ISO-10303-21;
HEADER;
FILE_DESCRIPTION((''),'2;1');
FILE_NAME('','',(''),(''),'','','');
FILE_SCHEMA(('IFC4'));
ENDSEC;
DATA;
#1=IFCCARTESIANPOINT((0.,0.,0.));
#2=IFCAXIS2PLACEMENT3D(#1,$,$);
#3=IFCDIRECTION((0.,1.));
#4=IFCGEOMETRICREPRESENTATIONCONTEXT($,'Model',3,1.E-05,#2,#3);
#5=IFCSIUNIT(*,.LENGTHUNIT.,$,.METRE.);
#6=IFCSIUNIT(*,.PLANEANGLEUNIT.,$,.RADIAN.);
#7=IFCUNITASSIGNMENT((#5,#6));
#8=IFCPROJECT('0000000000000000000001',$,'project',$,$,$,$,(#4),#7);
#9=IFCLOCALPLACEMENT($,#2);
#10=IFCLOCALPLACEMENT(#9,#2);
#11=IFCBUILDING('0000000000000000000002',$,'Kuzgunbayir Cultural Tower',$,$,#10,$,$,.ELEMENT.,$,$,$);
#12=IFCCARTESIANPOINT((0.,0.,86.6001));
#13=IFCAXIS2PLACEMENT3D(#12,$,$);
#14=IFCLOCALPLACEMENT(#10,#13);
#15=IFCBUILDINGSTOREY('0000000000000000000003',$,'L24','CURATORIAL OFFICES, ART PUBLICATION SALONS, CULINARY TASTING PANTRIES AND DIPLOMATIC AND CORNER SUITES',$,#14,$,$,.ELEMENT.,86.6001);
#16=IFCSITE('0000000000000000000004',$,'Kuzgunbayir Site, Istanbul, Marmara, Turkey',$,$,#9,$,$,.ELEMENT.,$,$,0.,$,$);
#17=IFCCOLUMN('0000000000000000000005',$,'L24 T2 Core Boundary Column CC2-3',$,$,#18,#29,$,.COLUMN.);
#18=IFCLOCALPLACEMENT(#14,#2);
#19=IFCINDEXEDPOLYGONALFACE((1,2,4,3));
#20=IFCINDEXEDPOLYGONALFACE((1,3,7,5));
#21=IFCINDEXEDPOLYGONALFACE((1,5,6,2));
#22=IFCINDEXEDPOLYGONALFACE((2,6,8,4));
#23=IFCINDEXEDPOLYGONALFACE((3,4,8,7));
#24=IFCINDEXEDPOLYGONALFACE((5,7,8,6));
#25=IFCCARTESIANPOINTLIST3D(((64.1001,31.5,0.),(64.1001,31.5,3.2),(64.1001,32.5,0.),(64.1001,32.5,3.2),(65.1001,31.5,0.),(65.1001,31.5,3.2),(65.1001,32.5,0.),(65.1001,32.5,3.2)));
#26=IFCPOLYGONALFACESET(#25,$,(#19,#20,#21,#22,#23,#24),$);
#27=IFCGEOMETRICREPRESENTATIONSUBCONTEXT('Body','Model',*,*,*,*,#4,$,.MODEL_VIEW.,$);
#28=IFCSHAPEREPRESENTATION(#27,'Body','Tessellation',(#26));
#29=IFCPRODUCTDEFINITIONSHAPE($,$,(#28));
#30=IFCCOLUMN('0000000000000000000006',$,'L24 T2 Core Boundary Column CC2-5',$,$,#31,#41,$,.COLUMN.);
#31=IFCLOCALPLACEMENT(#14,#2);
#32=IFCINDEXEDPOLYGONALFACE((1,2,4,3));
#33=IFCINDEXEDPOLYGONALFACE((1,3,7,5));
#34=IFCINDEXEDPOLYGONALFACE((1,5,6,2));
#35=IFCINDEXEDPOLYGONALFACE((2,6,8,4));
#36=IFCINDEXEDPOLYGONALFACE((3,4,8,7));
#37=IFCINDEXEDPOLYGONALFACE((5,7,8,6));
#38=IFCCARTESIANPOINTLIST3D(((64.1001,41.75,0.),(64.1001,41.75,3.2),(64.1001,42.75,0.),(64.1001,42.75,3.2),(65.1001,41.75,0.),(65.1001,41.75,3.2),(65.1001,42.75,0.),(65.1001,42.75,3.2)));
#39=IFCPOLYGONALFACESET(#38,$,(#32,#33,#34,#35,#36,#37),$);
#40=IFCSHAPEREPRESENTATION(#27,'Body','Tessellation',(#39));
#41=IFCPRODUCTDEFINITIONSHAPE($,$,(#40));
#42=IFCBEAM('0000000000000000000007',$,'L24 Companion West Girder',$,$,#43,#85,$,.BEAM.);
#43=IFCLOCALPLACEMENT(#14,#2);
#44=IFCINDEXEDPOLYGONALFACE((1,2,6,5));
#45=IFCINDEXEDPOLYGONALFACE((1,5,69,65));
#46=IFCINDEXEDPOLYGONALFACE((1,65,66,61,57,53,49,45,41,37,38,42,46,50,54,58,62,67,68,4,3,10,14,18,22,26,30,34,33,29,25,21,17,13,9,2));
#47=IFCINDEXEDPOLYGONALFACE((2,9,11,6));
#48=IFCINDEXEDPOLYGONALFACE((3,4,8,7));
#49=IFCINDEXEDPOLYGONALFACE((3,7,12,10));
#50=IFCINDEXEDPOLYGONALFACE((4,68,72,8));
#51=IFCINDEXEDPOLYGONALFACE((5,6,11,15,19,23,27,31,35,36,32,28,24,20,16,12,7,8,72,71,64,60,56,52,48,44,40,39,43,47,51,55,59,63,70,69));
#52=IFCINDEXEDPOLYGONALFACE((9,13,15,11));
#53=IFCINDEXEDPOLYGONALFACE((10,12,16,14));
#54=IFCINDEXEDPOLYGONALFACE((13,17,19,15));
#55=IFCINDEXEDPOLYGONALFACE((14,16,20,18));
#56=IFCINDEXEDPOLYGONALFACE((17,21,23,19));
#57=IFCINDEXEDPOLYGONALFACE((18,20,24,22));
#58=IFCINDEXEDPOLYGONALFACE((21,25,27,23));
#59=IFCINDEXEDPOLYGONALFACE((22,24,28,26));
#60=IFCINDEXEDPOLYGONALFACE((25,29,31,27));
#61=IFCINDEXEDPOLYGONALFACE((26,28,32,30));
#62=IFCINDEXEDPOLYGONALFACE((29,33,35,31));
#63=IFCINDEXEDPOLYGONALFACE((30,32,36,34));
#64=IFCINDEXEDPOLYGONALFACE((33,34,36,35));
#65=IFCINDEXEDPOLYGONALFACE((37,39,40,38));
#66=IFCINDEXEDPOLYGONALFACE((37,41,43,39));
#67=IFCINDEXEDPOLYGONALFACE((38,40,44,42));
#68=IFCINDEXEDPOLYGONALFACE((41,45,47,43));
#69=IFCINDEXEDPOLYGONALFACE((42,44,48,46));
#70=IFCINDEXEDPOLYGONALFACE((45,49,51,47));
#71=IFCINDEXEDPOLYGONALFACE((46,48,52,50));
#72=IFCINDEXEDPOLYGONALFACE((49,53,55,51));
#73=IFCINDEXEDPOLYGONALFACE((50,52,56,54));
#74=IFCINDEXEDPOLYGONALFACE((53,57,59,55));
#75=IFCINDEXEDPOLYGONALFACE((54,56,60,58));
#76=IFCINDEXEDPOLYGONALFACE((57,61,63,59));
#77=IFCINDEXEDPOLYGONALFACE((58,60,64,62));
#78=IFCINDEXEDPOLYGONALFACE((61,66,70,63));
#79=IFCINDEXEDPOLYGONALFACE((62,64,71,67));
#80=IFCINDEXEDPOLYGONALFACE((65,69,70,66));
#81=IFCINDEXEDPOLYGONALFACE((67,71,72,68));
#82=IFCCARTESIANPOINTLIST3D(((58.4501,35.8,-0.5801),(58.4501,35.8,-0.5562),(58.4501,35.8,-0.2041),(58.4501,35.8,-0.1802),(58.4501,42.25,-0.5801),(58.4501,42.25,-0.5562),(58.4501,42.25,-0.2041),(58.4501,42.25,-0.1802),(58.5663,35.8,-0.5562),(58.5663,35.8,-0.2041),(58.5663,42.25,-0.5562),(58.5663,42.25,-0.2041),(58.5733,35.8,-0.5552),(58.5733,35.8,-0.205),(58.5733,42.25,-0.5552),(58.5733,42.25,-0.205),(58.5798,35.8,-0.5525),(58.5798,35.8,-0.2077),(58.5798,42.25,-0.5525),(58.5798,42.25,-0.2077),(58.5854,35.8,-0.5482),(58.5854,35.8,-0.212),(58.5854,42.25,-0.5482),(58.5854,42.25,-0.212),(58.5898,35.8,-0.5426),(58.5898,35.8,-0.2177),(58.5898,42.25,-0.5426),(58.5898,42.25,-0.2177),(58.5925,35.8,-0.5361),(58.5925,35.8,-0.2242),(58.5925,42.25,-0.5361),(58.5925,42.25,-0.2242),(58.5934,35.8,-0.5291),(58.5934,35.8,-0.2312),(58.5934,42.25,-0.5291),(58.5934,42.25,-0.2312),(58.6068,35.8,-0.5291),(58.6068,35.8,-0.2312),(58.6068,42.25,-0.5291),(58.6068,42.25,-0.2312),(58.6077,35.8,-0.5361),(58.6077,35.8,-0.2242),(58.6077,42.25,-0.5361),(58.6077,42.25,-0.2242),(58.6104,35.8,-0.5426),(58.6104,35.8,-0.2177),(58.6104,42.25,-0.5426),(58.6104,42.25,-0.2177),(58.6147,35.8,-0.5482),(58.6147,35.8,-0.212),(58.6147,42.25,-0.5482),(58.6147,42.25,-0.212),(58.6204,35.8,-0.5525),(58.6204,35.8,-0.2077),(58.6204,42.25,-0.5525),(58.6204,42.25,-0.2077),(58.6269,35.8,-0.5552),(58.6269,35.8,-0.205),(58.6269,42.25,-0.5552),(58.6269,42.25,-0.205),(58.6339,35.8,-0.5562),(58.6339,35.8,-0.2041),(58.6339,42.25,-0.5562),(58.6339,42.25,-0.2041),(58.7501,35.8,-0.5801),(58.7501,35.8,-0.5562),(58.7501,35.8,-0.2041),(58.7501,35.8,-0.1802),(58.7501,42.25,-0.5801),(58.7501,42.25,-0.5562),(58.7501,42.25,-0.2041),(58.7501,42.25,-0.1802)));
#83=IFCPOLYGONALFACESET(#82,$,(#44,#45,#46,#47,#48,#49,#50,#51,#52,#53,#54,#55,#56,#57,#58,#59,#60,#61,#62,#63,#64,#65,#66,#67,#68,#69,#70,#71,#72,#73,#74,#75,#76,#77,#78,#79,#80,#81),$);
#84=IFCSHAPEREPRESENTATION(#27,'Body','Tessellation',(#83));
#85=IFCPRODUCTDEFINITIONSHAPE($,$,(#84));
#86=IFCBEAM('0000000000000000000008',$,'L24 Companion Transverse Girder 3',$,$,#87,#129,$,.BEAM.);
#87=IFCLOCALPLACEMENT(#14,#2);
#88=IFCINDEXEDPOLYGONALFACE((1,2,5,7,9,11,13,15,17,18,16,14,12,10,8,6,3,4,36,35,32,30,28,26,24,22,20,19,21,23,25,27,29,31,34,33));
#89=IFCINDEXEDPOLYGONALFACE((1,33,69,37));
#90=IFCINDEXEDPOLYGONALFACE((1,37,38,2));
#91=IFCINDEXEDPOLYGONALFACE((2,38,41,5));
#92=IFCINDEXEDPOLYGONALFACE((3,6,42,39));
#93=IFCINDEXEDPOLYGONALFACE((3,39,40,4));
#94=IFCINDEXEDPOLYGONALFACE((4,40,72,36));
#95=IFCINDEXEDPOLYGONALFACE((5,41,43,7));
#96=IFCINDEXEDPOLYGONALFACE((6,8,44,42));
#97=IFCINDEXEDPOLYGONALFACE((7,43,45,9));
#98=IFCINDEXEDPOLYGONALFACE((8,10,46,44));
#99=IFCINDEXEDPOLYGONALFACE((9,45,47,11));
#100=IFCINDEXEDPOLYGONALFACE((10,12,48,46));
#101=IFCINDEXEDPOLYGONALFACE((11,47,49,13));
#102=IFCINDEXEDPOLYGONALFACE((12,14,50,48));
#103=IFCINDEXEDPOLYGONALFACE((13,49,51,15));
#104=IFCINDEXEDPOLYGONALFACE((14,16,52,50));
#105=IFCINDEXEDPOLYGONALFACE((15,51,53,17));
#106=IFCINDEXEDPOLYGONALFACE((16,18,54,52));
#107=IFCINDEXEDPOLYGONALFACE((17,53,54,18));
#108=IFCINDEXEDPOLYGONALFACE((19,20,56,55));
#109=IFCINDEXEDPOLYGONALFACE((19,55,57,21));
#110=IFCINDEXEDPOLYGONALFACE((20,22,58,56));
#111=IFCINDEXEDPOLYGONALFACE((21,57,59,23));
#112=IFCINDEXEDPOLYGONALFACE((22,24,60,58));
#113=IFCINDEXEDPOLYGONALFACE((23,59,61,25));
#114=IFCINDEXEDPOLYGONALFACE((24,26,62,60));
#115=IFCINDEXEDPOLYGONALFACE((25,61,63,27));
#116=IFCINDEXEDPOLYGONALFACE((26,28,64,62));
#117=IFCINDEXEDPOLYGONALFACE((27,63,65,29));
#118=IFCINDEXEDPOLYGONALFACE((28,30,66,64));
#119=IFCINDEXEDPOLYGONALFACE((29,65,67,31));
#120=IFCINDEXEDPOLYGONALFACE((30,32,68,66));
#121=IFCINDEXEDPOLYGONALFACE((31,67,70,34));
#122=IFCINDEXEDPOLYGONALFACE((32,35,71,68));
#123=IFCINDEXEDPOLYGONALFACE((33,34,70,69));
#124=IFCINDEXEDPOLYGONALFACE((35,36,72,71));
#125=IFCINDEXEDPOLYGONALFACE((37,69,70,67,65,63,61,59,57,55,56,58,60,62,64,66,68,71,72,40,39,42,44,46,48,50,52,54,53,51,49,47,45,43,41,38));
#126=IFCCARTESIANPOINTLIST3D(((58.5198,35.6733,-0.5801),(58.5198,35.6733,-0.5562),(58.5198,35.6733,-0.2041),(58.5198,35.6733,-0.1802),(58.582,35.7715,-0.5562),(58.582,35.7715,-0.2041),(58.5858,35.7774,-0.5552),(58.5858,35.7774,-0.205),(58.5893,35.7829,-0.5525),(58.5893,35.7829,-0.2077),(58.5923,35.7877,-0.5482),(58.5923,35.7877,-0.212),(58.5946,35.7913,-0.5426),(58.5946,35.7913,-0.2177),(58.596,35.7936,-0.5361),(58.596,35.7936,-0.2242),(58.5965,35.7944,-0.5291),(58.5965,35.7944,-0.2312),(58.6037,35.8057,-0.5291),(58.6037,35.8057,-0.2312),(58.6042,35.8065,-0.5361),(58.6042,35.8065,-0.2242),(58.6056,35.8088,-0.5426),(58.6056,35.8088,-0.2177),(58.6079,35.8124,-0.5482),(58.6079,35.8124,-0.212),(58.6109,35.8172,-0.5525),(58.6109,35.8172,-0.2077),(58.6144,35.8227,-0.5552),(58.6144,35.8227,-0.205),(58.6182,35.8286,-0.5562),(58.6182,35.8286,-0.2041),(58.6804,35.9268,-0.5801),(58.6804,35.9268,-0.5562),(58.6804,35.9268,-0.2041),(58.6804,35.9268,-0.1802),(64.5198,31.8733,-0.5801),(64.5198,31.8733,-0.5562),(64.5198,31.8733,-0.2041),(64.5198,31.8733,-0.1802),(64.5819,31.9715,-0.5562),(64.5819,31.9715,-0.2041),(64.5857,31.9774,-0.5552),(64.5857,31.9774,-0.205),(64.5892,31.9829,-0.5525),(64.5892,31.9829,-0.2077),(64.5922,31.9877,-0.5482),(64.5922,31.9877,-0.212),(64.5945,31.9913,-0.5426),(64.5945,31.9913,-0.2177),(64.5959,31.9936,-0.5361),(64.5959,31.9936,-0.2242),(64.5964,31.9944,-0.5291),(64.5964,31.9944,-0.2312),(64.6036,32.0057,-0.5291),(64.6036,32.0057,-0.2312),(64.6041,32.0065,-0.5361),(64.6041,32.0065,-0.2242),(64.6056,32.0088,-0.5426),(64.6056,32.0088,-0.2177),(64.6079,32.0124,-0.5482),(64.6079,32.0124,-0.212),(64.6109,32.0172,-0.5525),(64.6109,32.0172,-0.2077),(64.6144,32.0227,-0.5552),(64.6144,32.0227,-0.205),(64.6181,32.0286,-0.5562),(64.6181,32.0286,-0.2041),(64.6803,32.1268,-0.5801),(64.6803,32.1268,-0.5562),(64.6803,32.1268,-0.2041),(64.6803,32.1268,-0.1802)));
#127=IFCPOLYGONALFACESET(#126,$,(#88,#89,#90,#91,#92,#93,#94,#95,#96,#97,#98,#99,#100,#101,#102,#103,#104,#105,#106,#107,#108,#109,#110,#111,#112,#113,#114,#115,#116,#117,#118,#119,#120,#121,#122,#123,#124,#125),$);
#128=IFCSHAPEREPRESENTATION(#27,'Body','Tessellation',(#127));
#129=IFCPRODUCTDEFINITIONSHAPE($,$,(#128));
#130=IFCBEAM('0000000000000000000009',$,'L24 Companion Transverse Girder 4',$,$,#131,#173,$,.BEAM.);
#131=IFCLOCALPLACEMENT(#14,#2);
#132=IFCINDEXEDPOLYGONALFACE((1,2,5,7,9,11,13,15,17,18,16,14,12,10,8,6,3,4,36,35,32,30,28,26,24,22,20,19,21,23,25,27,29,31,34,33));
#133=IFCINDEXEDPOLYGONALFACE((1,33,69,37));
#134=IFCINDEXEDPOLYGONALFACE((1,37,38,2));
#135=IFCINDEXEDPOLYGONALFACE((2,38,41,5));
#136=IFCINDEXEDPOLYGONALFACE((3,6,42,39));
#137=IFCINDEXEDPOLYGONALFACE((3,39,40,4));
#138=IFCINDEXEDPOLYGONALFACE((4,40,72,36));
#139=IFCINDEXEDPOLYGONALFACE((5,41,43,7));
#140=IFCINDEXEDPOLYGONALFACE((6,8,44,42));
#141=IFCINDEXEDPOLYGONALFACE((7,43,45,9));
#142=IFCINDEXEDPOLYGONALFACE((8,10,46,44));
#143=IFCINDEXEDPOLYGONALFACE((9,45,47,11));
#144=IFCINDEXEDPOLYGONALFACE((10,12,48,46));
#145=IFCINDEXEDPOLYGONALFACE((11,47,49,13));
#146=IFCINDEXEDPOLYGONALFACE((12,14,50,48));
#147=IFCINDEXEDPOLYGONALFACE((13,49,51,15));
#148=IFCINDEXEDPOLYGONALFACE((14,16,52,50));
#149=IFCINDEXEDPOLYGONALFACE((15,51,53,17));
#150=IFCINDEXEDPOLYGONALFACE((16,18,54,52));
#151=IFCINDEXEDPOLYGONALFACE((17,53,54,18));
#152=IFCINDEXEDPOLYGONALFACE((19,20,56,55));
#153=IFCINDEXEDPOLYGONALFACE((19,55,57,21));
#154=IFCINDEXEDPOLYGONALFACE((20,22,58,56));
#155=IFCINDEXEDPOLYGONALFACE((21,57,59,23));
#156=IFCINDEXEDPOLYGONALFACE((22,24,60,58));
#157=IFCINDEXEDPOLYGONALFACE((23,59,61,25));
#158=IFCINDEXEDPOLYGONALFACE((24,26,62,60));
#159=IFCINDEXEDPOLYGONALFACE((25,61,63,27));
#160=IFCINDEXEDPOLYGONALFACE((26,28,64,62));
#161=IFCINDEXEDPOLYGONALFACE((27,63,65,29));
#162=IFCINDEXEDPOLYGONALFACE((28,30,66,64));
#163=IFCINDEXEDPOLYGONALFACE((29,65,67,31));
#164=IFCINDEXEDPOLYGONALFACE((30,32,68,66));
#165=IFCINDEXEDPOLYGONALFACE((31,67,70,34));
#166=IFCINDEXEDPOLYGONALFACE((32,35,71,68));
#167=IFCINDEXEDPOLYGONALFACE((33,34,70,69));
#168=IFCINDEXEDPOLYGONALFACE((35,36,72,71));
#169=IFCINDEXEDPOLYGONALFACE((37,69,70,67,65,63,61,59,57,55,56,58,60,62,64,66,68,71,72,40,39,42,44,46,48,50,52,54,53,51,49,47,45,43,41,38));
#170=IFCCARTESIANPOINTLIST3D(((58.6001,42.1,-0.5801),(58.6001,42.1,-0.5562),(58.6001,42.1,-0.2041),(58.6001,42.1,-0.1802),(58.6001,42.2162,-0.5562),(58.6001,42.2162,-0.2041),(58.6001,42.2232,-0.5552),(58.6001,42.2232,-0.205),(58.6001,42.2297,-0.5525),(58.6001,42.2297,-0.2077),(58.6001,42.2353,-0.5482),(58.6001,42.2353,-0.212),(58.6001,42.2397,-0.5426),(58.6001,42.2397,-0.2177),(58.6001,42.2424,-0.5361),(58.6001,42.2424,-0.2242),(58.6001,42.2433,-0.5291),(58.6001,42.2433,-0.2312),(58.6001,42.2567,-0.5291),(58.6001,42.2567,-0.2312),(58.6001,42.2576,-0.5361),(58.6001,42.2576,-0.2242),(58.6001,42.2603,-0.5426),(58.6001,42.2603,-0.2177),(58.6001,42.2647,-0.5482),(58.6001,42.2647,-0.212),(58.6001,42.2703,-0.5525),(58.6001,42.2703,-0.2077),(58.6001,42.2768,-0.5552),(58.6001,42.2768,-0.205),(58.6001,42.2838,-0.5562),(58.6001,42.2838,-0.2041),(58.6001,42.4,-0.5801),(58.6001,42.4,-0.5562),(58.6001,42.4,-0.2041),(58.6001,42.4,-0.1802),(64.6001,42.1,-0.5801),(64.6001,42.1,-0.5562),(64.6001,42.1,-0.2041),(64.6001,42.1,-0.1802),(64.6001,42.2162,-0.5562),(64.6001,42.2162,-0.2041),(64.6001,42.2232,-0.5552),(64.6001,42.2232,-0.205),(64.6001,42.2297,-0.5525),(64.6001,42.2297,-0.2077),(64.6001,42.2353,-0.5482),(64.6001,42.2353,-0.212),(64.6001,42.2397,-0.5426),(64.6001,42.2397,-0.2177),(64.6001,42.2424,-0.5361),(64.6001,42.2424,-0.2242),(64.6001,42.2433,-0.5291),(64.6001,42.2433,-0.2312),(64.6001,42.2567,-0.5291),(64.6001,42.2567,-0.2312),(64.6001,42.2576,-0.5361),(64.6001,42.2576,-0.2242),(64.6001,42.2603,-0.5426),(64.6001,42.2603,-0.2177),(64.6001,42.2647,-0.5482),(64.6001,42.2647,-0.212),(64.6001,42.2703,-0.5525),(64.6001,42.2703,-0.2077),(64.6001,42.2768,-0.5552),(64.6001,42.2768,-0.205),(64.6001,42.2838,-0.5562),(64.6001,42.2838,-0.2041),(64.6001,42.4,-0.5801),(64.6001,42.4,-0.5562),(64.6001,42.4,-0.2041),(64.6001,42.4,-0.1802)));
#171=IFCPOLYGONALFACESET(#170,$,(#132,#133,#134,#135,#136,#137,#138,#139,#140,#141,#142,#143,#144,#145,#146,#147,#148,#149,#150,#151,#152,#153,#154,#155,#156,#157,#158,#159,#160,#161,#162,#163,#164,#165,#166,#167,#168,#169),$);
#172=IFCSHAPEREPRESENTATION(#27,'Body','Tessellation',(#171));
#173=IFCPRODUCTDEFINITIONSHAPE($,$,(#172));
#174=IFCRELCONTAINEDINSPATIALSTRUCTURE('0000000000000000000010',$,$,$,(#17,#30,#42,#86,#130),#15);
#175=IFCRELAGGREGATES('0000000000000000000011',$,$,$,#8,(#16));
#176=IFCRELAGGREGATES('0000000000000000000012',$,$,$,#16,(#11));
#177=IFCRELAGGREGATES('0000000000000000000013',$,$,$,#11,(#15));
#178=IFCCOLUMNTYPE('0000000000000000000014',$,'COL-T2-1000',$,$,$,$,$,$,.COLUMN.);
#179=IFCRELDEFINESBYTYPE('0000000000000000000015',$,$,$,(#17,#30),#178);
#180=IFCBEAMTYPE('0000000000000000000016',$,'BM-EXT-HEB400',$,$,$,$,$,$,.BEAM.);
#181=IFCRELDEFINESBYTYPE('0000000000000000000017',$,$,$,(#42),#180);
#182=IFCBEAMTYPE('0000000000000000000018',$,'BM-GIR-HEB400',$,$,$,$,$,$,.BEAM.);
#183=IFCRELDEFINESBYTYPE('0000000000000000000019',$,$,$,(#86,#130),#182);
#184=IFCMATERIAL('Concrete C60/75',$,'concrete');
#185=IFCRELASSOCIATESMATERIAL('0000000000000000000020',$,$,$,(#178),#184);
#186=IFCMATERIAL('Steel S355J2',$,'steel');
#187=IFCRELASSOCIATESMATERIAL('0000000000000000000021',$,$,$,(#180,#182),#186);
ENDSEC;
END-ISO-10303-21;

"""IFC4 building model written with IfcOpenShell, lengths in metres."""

from ifc_helpers import new_model, si_unit, direction, frame, origin, origin_2d, place, context, subcontext, project, spatial, rectangle, i_section, extrude, material, material_profile, profile_set, type_object, element, save


model = new_model("IFC4")

# Units and contexts
model_context = context("Model", 3, precision=1e-05, world=origin(), true_north=direction((0.0, 1.0)))
body_context = subcontext(model_context, "Body", "Model", "MODEL_VIEW")
ifc_project = project(units=[si_unit("LENGTHUNIT", "METRE"), si_unit("PLANEANGLEUNIT", "RADIAN")], contexts=[model_context])

# Site, building, storey
site_placement = place(None, origin())
site = spatial("IfcSite", under=ifc_project, at=site_placement, Name="Kuzgunbayir Site, Istanbul, Marmara, Turkey", CompositionType="ELEMENT", RefElevation=0.0)
building_placement = place(site_placement, origin())
building = spatial("IfcBuilding", under=site, at=building_placement, Name="Kuzgunbayir Cultural Tower", CompositionType="ELEMENT")
storey_placement = place(building_placement, frame((0.0, 0.0, 86.6001)))
storey = spatial("IfcBuildingStorey", under=building, at=storey_placement, Name="L24", Description="CURATORIAL OFFICES, ART PUBLICATION SALONS, CULINARY TASTING PANTRIES AND DIPLOMATIC AND CORNER SUITES", CompositionType="ELEMENT", Elevation=86.6001)

# Columns
ifc_material_1 = material(Name="Concrete C60/75", Category="concrete")
ifc_material_profile_1 = material_profile(ifc_material_1, rectangle(XDim=1.0, YDim=1.0, at=origin_2d()), Name="RC 1000x1000")
ifc_profile_set_1 = profile_set([ifc_material_profile_1], Name="Concrete C60/75")
column_type = type_object("IfcColumnType", Name="COL-T2-1000", PredefinedType="COLUMN", material=ifc_profile_set_1)
for number, where, z_axis, x_axis, name in (
    (1, (64.6001, 32.0, 0.0), (0.0, 0.0, 1.0), (1.0, 0.0, 0.0), "L24 T2 Core Boundary Column CC2-3"),
    (2, (64.6001, 42.25, 0.0), (0.0, 0.0, 1.0), (1.0, 0.0, 0.0), "L24 T2 Core Boundary Column CC2-5"),
):
    element("IfcColumn", number, at=place(storey_placement, frame(where, z_axis=z_axis, x_axis=x_axis)), inside=storey, type_object=column_type, Name=name, PredefinedType="COLUMN", context=body_context, shape_type="SweptSolid", body=[
        extrude(rectangle(XDim=1.0, YDim=1.0, at=origin_2d()), origin(), (0.0, 0.0, 1.0), 3.2),
    ])

# Beams
ifc_material_2 = material(Name="Steel S355J2", Category="steel")
ifc_material_profile_2 = material_profile(ifc_material_2, i_section(OverallWidth=0.3, OverallDepth=0.3999, WebThickness=0.0134, FlangeThickness=0.0239, FilletRadius=0.0271, at=origin_2d()), Name="HEB 400")
ifc_profile_set_2 = profile_set([ifc_material_profile_2], Name="Steel S355J2")
beam_type_1 = type_object("IfcBeamType", Name="BM-EXT-HEB400", PredefinedType="BEAM", material=ifc_profile_set_2)
beam_1_placement = place(storey_placement, frame((58.6001, 35.8, -0.3801), z_axis=(0.0, 1.0, 0.0), x_axis=(-1.0, 0.0, 0.0)))
element("IfcBeam", 3, at=beam_1_placement, inside=storey, type_object=beam_type_1, Name="L24 Companion West Girder", PredefinedType="BEAM", context=body_context, shape_type="SweptSolid", body=[
    extrude(i_section(OverallWidth=0.3, OverallDepth=0.3999, WebThickness=0.0134, FlangeThickness=0.0239, FilletRadius=0.0271, at=origin_2d()), origin(), (0.0, 0.0, 1.0), 6.45),
])
ifc_material_profile_3 = material_profile(ifc_material_2, i_section(OverallWidth=0.3, OverallDepth=0.3999, WebThickness=0.0134, FlangeThickness=0.0239, FilletRadius=0.0271, at=origin_2d()), Name="HEB 400")
ifc_profile_set_3 = profile_set([ifc_material_profile_3], Name="Steel S355J2")
beam_type_2 = type_object("IfcBeamType", Name="BM-GIR-HEB400", PredefinedType="BEAM", material=ifc_profile_set_3)
beam_2_placement = place(storey_placement, frame((58.6001, 35.8, -0.3801), z_axis=(0.844816, -0.535057, 0.0), x_axis=(0.535057, 0.844816, 0.0)))
element("IfcBeam", 4, at=beam_2_placement, inside=storey, type_object=beam_type_2, Name="L24 Companion Transverse Girder 3", PredefinedType="BEAM", context=body_context, shape_type="SweptSolid", body=[
    extrude(i_section(OverallWidth=0.3, OverallDepth=0.3999, WebThickness=0.0134, FlangeThickness=0.0239, FilletRadius=0.0271, at=origin_2d()), origin(), (0.0, 0.0, 1.0), 7.1021),
])
beam_3_placement = place(storey_placement, frame((58.6001, 42.25, -0.3801), z_axis=(1.0, 0.0, 0.0), x_axis=(0.0, 1.0, 0.0)))
element("IfcBeam", 5, at=beam_3_placement, inside=storey, type_object=beam_type_2, Name="L24 Companion Transverse Girder 4", PredefinedType="BEAM", context=body_context, shape_type="SweptSolid", body=[
    extrude(i_section(OverallWidth=0.3, OverallDepth=0.3999, WebThickness=0.0134, FlangeThickness=0.0239, FilletRadius=0.0271, at=origin_2d()), origin(), (0.0, 0.0, 1.0), 6.0),
])

save(model, "model.ifc")
